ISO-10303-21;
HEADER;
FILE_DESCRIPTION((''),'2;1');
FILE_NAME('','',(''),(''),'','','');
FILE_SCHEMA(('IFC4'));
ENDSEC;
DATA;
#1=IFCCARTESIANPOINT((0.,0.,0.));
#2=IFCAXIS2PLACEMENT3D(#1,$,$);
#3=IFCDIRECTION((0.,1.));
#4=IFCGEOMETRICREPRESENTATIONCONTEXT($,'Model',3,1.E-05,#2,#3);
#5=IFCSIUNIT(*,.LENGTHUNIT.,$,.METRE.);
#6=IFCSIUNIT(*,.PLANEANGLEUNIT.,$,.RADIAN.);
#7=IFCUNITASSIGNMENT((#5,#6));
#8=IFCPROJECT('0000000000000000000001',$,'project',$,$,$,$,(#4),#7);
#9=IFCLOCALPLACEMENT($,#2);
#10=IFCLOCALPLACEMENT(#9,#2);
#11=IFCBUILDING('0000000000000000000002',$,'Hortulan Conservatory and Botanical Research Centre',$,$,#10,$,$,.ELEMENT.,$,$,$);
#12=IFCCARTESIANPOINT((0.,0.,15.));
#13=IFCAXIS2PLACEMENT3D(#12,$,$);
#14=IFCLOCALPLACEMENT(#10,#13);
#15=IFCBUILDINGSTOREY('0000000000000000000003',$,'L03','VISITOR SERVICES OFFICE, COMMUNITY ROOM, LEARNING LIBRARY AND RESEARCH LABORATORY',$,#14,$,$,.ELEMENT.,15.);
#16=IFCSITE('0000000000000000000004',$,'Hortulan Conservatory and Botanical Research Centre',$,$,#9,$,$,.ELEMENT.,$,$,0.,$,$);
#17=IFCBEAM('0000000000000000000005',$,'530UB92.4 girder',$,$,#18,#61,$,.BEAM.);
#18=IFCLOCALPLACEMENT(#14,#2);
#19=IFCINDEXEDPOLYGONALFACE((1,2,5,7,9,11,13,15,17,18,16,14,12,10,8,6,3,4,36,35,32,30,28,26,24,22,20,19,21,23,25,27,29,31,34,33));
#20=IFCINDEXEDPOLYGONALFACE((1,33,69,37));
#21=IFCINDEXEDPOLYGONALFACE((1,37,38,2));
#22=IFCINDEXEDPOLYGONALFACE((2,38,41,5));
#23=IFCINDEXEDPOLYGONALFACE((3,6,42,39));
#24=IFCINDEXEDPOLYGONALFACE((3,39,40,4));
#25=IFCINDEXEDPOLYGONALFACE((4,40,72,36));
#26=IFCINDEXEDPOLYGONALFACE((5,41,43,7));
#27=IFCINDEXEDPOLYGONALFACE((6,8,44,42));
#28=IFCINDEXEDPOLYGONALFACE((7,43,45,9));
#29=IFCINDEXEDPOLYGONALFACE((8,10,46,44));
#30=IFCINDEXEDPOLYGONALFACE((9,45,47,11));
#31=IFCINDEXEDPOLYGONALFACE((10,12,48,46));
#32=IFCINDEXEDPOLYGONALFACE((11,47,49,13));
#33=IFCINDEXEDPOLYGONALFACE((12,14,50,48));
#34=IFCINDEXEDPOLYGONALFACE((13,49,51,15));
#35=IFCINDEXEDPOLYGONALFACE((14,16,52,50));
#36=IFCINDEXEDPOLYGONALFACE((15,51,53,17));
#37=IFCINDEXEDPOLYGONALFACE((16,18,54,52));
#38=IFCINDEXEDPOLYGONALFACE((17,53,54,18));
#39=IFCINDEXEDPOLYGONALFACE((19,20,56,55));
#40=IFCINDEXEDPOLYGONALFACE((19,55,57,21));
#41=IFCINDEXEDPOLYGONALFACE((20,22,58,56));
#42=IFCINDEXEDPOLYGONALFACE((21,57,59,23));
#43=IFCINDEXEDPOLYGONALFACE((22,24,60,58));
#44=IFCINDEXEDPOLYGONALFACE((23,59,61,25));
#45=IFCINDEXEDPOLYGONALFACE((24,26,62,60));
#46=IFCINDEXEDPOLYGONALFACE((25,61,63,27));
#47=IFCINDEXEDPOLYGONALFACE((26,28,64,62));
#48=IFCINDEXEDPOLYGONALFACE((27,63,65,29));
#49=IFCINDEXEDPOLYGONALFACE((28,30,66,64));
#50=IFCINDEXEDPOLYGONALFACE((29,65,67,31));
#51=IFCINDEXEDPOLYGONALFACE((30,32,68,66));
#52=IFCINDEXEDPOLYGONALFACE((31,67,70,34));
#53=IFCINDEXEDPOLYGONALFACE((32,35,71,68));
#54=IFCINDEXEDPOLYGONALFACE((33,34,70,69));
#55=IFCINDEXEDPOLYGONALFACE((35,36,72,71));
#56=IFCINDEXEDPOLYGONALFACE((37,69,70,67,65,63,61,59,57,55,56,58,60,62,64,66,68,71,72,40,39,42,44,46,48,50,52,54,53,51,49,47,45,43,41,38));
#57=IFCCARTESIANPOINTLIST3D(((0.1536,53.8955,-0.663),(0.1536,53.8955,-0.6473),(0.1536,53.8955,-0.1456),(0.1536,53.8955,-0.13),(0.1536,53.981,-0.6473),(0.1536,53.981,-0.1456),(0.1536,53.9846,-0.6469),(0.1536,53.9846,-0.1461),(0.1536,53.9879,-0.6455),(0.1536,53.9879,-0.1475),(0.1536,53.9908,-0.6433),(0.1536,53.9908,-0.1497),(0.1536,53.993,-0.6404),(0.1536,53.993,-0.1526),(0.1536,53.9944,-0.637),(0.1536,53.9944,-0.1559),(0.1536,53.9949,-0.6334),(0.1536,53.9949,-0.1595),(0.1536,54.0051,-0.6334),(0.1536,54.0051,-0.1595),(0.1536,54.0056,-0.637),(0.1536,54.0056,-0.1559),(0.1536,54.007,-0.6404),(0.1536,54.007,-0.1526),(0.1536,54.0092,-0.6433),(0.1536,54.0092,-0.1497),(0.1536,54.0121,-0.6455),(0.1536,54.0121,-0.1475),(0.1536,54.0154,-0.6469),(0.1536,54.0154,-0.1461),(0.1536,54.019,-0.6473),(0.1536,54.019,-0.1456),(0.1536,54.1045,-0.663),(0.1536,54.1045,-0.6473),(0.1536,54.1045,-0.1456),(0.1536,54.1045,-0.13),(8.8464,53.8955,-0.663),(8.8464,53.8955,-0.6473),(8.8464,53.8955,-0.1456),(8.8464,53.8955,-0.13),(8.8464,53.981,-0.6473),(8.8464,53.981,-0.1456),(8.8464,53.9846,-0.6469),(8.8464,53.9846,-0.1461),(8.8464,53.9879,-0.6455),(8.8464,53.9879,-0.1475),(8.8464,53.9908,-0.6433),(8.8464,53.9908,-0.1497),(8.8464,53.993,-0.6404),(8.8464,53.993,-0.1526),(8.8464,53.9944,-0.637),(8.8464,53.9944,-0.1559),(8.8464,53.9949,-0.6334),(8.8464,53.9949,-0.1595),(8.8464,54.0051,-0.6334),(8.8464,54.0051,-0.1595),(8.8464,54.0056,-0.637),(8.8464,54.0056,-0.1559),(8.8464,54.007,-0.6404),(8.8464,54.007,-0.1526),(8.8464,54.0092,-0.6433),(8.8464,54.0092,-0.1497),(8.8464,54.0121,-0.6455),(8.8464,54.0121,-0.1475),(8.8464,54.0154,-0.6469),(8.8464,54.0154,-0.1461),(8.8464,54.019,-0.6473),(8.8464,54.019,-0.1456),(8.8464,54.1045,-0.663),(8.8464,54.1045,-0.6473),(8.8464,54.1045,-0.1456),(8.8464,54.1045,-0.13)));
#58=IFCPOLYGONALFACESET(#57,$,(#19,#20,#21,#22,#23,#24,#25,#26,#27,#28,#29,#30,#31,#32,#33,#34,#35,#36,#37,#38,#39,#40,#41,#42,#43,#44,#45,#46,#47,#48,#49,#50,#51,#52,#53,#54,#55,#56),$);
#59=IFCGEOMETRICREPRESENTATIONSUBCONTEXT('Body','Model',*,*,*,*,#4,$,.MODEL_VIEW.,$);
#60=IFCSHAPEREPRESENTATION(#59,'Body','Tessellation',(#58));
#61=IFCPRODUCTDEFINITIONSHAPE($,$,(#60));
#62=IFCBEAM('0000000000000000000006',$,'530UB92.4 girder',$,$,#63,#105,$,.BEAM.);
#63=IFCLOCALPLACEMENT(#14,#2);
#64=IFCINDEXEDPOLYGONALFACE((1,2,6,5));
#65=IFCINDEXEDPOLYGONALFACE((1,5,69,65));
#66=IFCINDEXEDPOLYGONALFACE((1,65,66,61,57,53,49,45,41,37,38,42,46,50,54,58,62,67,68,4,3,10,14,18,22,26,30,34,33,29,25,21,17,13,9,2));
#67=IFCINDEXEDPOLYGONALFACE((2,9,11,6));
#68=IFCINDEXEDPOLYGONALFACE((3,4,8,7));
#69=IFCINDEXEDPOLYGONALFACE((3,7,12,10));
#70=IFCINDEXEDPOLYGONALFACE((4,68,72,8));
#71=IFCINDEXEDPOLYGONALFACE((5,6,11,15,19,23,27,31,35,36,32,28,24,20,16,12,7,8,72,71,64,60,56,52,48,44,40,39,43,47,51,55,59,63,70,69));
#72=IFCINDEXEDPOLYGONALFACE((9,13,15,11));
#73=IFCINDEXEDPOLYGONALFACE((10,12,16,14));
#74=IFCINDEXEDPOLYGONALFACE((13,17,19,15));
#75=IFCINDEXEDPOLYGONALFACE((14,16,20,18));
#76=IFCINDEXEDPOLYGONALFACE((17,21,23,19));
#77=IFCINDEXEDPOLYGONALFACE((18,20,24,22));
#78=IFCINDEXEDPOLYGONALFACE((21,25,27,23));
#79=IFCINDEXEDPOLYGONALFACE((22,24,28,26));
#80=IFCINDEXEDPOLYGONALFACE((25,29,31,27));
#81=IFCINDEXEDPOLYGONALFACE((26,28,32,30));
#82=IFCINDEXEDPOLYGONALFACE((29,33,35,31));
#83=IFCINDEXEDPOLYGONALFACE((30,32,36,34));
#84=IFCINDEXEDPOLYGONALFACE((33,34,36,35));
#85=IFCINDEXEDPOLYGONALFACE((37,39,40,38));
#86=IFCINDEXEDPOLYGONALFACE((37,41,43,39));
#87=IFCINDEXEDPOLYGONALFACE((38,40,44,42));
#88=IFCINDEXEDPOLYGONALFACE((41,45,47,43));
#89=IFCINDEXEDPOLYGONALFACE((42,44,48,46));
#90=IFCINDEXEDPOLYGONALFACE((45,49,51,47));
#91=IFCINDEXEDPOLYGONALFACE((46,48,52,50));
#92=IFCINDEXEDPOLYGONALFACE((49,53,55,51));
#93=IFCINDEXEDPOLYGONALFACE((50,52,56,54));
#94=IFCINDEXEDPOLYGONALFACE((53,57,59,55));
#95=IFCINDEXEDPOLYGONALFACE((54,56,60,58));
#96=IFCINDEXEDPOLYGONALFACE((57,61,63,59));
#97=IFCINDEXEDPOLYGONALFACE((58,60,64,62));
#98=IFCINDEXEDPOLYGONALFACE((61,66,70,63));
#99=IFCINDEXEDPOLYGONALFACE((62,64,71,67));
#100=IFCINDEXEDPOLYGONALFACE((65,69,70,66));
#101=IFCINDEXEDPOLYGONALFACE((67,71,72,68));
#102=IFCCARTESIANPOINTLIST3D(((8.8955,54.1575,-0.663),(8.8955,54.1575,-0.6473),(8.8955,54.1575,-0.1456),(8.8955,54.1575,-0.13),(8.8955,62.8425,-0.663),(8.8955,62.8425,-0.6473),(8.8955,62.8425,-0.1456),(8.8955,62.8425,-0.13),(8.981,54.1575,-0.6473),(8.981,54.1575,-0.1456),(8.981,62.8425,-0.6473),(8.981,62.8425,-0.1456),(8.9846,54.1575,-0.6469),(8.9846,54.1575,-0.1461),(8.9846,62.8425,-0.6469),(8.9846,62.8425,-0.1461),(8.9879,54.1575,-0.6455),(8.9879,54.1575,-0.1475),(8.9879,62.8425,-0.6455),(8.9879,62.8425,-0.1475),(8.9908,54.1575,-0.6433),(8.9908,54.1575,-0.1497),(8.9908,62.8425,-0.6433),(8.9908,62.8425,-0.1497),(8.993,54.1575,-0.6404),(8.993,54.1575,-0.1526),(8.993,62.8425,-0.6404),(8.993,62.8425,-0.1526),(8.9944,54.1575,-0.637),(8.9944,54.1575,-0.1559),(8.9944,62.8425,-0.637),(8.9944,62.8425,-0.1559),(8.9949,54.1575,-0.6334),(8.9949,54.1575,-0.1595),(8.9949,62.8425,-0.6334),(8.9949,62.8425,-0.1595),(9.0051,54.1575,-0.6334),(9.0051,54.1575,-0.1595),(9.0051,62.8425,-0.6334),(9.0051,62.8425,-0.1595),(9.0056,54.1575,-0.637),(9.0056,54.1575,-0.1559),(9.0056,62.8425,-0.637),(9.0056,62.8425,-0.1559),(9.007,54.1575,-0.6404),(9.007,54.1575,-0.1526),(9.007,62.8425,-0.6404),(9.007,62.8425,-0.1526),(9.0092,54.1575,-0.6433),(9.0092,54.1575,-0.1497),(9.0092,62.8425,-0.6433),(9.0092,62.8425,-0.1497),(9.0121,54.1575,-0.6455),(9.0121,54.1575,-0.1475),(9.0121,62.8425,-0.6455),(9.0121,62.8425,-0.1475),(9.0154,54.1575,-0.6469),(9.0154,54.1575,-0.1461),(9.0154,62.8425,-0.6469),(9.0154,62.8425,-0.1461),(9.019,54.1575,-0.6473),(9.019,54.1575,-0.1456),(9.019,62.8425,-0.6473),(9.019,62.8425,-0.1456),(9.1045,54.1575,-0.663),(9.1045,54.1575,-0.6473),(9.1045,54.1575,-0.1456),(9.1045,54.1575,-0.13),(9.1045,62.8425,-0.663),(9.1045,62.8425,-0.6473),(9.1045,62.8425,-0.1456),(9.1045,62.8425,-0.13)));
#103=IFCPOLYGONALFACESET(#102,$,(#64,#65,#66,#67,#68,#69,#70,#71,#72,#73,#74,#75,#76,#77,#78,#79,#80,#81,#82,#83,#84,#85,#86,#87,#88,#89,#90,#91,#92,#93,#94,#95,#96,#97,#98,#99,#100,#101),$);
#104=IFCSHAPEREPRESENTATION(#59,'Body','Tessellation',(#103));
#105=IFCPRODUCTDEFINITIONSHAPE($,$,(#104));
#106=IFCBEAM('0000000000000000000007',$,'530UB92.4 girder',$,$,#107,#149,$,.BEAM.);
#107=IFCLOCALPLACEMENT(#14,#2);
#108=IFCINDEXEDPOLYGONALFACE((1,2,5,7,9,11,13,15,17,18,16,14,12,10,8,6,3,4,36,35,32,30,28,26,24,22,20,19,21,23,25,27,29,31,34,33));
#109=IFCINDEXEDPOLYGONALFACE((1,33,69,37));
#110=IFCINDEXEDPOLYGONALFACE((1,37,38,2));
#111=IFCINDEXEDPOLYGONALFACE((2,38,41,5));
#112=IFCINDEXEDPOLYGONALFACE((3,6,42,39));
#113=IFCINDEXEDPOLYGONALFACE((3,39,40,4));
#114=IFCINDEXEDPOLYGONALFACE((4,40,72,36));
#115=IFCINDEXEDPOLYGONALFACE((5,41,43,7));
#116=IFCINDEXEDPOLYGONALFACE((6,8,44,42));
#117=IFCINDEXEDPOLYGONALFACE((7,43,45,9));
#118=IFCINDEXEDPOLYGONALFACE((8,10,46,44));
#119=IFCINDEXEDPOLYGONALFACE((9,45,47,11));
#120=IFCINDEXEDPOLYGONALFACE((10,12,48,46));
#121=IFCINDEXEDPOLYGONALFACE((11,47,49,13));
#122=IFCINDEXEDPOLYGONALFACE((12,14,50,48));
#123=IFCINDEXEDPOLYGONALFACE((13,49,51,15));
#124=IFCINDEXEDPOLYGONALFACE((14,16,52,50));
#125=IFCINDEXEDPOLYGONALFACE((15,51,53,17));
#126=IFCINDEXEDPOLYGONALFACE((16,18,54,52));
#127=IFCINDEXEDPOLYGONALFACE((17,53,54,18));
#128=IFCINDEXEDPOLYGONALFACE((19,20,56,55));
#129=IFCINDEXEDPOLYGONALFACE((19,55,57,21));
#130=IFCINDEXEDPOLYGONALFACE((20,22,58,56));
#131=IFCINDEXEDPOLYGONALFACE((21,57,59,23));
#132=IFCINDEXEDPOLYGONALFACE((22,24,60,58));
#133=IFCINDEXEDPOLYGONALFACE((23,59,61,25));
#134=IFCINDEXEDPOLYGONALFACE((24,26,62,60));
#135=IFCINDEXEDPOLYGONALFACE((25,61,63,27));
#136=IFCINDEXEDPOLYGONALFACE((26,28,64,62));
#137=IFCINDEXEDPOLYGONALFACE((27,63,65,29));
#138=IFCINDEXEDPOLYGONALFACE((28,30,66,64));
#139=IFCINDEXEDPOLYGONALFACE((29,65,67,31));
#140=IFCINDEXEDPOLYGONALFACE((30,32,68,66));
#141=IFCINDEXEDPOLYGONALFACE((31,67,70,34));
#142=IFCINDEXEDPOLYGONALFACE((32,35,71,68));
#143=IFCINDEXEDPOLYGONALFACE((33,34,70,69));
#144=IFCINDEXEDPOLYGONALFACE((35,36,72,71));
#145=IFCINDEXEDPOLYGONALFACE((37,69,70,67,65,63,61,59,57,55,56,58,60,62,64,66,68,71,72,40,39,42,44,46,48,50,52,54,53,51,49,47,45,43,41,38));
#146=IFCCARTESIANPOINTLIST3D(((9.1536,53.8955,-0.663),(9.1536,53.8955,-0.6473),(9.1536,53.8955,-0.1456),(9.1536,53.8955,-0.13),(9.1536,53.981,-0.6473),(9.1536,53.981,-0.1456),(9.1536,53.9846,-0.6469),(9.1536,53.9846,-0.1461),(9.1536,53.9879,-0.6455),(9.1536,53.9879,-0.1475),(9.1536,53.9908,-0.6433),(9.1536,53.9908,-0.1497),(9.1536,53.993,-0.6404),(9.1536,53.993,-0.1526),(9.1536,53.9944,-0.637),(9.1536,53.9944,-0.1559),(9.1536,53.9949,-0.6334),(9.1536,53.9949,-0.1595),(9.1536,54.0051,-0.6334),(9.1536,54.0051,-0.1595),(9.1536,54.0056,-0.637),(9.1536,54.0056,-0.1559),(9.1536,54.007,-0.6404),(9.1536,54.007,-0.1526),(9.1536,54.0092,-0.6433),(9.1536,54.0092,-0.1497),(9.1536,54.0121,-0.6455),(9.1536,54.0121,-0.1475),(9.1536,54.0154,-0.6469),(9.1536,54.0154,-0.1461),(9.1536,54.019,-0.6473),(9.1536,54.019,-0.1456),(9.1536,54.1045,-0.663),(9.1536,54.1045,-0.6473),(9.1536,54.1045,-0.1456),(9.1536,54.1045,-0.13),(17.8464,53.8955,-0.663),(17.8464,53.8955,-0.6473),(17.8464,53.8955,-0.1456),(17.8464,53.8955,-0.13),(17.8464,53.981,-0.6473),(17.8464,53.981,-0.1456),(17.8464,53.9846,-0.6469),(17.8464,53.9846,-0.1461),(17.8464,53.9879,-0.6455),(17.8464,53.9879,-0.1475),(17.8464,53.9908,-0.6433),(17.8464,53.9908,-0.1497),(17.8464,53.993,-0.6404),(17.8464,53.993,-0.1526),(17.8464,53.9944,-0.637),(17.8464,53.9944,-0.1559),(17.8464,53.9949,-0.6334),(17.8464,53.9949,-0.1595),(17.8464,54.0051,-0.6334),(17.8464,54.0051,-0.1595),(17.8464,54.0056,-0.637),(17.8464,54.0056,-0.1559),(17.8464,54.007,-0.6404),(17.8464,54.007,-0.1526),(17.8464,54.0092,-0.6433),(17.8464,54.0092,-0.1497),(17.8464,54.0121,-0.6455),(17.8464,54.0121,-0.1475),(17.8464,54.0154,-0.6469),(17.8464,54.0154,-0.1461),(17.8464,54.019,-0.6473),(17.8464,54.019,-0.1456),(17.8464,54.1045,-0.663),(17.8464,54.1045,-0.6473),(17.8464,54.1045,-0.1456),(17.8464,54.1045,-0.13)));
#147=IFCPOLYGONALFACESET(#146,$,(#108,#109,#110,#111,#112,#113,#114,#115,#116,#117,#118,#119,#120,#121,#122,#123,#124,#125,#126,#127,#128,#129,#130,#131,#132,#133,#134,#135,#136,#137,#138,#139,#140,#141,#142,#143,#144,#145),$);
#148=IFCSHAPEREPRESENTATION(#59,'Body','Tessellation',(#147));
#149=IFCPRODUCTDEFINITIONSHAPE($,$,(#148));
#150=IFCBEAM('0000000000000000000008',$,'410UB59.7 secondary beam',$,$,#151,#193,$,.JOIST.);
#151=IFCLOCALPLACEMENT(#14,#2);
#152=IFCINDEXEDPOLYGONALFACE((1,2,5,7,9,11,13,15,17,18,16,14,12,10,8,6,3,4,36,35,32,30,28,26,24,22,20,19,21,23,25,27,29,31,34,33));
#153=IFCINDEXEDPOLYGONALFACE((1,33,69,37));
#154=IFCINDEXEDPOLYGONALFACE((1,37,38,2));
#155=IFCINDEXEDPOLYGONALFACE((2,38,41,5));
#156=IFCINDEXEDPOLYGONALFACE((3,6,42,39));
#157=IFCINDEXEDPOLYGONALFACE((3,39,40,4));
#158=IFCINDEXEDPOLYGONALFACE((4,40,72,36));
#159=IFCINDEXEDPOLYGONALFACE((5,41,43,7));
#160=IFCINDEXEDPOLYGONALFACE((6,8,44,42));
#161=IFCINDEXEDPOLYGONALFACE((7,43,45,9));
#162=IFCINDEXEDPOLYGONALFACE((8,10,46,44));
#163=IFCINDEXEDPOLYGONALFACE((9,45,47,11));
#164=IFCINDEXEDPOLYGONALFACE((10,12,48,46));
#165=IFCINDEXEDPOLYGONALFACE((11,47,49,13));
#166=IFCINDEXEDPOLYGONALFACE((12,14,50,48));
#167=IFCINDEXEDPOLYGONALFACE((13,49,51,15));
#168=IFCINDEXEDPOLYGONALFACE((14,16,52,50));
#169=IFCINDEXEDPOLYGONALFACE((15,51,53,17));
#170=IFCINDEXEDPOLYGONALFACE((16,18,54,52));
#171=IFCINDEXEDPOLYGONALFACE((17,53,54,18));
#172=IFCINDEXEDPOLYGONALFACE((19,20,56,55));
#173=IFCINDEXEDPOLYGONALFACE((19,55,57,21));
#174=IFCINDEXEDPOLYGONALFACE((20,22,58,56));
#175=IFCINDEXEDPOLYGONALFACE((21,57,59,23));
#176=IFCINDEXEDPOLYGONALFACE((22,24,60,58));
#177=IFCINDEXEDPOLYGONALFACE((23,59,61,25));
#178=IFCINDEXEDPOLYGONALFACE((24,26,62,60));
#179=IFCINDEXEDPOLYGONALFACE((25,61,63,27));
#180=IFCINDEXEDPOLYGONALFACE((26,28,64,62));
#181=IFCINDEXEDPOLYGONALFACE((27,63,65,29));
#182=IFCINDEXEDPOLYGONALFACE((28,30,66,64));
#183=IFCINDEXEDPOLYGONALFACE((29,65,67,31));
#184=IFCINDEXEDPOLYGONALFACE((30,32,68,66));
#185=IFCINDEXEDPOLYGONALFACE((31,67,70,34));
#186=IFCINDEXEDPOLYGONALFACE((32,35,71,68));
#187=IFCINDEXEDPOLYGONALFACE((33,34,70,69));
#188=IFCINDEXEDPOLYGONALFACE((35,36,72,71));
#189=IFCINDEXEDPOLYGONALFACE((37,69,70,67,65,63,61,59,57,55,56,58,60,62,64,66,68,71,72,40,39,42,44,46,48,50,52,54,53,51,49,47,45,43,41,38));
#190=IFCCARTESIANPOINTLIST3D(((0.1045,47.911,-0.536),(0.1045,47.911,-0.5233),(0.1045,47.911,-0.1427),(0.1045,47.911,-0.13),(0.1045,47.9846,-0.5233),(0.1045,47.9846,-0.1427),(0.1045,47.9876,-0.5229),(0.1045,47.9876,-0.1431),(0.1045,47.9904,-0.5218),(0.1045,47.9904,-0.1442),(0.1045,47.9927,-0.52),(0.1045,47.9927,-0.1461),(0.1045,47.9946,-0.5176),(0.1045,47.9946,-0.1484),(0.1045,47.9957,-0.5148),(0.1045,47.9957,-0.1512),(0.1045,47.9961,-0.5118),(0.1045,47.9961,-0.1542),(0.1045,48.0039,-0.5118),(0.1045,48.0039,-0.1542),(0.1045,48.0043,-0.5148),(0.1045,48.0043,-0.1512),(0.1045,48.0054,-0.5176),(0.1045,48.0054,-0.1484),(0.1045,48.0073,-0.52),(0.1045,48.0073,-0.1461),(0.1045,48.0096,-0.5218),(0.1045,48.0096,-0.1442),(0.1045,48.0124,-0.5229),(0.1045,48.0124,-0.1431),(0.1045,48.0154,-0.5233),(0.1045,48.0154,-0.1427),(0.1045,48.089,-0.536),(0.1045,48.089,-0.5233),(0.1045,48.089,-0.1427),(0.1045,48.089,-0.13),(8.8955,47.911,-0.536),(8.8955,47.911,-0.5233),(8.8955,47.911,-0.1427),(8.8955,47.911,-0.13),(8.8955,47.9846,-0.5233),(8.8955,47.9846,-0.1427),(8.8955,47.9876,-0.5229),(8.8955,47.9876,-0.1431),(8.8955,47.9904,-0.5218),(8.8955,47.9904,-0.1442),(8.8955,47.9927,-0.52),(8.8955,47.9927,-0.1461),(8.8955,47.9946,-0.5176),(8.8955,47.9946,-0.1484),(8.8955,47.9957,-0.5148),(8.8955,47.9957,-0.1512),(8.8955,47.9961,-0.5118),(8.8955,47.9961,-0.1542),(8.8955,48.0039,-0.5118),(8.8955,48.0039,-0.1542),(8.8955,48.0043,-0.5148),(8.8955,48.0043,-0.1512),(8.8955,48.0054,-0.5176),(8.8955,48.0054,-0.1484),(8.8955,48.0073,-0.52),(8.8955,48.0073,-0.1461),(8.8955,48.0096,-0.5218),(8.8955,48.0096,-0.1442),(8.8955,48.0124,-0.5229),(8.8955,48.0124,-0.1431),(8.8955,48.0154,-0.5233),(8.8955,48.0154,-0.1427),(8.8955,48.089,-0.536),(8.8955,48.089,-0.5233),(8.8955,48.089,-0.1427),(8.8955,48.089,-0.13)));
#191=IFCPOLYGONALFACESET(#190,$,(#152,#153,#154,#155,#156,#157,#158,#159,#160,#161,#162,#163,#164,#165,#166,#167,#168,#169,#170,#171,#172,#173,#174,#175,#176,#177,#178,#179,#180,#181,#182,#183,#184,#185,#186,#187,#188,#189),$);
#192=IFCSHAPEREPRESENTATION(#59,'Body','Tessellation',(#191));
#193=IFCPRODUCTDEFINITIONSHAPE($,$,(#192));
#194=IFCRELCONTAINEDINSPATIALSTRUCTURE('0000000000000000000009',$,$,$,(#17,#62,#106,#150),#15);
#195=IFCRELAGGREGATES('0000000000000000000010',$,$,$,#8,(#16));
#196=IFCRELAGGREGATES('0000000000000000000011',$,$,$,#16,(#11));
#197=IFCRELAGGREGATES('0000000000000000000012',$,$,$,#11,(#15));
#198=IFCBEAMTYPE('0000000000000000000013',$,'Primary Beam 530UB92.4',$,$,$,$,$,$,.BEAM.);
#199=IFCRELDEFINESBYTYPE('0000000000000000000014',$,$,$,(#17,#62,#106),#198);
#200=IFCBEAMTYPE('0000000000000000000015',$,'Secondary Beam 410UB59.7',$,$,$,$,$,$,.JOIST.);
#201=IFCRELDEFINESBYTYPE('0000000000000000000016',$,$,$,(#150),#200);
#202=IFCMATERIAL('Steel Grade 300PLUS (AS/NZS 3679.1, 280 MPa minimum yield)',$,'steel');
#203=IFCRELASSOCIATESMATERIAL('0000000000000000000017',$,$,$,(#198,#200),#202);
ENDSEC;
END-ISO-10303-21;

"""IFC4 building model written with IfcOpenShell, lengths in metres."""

from ifc_helpers import new_model, si_unit, direction, frame, origin, origin_2d, place, context, subcontext, project, spatial, i_section, extrude, material, material_profile, profile_set, type_object, element, save


model = new_model("IFC4")

# Units and contexts
model_context = context("Model", 3, precision=1e-05, world=origin(), true_north=direction((0.0, 1.0)))
body_context = subcontext(model_context, "Body", "Model", "MODEL_VIEW")
ifc_project = project(units=[si_unit("LENGTHUNIT", "METRE"), si_unit("PLANEANGLEUNIT", "RADIAN")], contexts=[model_context])

# Site, building, storey
site_placement = place(None, origin())
site = spatial("IfcSite", under=ifc_project, at=site_placement, Name="Hortulan Conservatory and Botanical Research Centre", CompositionType="ELEMENT", RefElevation=0.0)
building_placement = place(site_placement, origin())
building = spatial("IfcBuilding", under=site, at=building_placement, Name="Hortulan Conservatory and Botanical Research Centre", CompositionType="ELEMENT")
storey_placement = place(building_placement, frame((0.0, 0.0, 15.0)))
storey = spatial("IfcBuildingStorey", under=building, at=storey_placement, Name="L03", Description="VISITOR SERVICES OFFICE, COMMUNITY ROOM, LEARNING LIBRARY AND RESEARCH LABORATORY", CompositionType="ELEMENT", Elevation=15.0)

# Shared definitions
ifc_material_1 = material(Name="Steel Grade 300PLUS (AS/NZS 3679.1, 280 MPa minimum yield)", Category="steel")

# Beams
ifc_material_profile_1 = material_profile(ifc_material_1, i_section(OverallWidth=0.209, OverallDepth=0.533, WebThickness=0.0103, FlangeThickness=0.0156, FilletRadius=0.0139, at=origin_2d()), Name="530UB92.4")
ifc_profile_set_1 = profile_set([ifc_material_profile_1], Name="Steel Grade 300PLUS (AS/NZS 3679.1, 280 MPa minimum yield)")
beam_type_1 = type_object("IfcBeamType", Name="Primary Beam 530UB92.4", PredefinedType="BEAM", material=ifc_profile_set_1)
beam_1_placement = place(storey_placement, frame((0.1536, 54.0, -0.3965), z_axis=(1.0, 0.0, 0.0), x_axis=(0.0, 1.0, 0.0)))
element("IfcBeam", 1, at=beam_1_placement, inside=storey, type_object=beam_type_1, Name="530UB92.4 girder", PredefinedType="BEAM", context=body_context, shape_type="SweptSolid", body=[
    extrude(i_section(OverallWidth=0.209, OverallDepth=0.533, WebThickness=0.0103, FlangeThickness=0.0156, FilletRadius=0.0139, at=origin_2d()), origin(), (0.0, 0.0, 1.0), 8.6929),
])
beam_2_placement = place(storey_placement, frame((9.0, 54.1575, -0.3965), z_axis=(0.0, 1.0, 0.0), x_axis=(-1.0, 0.0, 0.0)))
element("IfcBeam", 2, at=beam_2_placement, inside=storey, type_object=beam_type_1, Name="530UB92.4 girder", PredefinedType="BEAM", context=body_context, shape_type="SweptSolid", body=[
    extrude(i_section(OverallWidth=0.209, OverallDepth=0.533, WebThickness=0.0103, FlangeThickness=0.0156, FilletRadius=0.0139, at=origin_2d()), origin(), (0.0, 0.0, 1.0), 8.6851),
])
beam_3_placement = place(storey_placement, frame((9.1536, 54.0, -0.3965), z_axis=(1.0, 0.0, 0.0), x_axis=(0.0, 1.0, 0.0)))
element("IfcBeam", 3, at=beam_3_placement, inside=storey, type_object=beam_type_1, Name="530UB92.4 girder", PredefinedType="BEAM", context=body_context, shape_type="SweptSolid", body=[
    extrude(i_section(OverallWidth=0.209, OverallDepth=0.533, WebThickness=0.0103, FlangeThickness=0.0156, FilletRadius=0.0139, at=origin_2d()), origin(), (0.0, 0.0, 1.0), 8.6929),
])
ifc_material_profile_2 = material_profile(ifc_material_1, i_section(OverallWidth=0.178, OverallDepth=0.406, WebThickness=0.0078, FlangeThickness=0.0127, FilletRadius=0.0115, at=origin_2d()), Name="410UB59.7")
ifc_profile_set_2 = profile_set([ifc_material_profile_2], Name="Steel Grade 300PLUS (AS/NZS 3679.1, 280 MPa minimum yield)")
beam_type_2 = type_object("IfcBeamType", Name="Secondary Beam 410UB59.7", PredefinedType="JOIST", material=ifc_profile_set_2)
for number, where, z_axis, x_axis, name in (
    (4, (0.1045, 48.0, -0.333), (1.0, 0.0, 0.0), (0.0, 1.0, 0.0), "410UB59.7 secondary beam"),
):
    element("IfcBeam", number, at=place(storey_placement, frame(where, z_axis=z_axis, x_axis=x_axis)), inside=storey, type_object=beam_type_2, Name=name, PredefinedType="JOIST", context=body_context, shape_type="SweptSolid", body=[
        extrude(i_section(OverallWidth=0.178, OverallDepth=0.406, WebThickness=0.0078, FlangeThickness=0.0127, FilletRadius=0.0115, at=origin_2d()), origin(), (0.0, 0.0, 1.0), 8.791),
    ])

save(model, "model.ifc")
